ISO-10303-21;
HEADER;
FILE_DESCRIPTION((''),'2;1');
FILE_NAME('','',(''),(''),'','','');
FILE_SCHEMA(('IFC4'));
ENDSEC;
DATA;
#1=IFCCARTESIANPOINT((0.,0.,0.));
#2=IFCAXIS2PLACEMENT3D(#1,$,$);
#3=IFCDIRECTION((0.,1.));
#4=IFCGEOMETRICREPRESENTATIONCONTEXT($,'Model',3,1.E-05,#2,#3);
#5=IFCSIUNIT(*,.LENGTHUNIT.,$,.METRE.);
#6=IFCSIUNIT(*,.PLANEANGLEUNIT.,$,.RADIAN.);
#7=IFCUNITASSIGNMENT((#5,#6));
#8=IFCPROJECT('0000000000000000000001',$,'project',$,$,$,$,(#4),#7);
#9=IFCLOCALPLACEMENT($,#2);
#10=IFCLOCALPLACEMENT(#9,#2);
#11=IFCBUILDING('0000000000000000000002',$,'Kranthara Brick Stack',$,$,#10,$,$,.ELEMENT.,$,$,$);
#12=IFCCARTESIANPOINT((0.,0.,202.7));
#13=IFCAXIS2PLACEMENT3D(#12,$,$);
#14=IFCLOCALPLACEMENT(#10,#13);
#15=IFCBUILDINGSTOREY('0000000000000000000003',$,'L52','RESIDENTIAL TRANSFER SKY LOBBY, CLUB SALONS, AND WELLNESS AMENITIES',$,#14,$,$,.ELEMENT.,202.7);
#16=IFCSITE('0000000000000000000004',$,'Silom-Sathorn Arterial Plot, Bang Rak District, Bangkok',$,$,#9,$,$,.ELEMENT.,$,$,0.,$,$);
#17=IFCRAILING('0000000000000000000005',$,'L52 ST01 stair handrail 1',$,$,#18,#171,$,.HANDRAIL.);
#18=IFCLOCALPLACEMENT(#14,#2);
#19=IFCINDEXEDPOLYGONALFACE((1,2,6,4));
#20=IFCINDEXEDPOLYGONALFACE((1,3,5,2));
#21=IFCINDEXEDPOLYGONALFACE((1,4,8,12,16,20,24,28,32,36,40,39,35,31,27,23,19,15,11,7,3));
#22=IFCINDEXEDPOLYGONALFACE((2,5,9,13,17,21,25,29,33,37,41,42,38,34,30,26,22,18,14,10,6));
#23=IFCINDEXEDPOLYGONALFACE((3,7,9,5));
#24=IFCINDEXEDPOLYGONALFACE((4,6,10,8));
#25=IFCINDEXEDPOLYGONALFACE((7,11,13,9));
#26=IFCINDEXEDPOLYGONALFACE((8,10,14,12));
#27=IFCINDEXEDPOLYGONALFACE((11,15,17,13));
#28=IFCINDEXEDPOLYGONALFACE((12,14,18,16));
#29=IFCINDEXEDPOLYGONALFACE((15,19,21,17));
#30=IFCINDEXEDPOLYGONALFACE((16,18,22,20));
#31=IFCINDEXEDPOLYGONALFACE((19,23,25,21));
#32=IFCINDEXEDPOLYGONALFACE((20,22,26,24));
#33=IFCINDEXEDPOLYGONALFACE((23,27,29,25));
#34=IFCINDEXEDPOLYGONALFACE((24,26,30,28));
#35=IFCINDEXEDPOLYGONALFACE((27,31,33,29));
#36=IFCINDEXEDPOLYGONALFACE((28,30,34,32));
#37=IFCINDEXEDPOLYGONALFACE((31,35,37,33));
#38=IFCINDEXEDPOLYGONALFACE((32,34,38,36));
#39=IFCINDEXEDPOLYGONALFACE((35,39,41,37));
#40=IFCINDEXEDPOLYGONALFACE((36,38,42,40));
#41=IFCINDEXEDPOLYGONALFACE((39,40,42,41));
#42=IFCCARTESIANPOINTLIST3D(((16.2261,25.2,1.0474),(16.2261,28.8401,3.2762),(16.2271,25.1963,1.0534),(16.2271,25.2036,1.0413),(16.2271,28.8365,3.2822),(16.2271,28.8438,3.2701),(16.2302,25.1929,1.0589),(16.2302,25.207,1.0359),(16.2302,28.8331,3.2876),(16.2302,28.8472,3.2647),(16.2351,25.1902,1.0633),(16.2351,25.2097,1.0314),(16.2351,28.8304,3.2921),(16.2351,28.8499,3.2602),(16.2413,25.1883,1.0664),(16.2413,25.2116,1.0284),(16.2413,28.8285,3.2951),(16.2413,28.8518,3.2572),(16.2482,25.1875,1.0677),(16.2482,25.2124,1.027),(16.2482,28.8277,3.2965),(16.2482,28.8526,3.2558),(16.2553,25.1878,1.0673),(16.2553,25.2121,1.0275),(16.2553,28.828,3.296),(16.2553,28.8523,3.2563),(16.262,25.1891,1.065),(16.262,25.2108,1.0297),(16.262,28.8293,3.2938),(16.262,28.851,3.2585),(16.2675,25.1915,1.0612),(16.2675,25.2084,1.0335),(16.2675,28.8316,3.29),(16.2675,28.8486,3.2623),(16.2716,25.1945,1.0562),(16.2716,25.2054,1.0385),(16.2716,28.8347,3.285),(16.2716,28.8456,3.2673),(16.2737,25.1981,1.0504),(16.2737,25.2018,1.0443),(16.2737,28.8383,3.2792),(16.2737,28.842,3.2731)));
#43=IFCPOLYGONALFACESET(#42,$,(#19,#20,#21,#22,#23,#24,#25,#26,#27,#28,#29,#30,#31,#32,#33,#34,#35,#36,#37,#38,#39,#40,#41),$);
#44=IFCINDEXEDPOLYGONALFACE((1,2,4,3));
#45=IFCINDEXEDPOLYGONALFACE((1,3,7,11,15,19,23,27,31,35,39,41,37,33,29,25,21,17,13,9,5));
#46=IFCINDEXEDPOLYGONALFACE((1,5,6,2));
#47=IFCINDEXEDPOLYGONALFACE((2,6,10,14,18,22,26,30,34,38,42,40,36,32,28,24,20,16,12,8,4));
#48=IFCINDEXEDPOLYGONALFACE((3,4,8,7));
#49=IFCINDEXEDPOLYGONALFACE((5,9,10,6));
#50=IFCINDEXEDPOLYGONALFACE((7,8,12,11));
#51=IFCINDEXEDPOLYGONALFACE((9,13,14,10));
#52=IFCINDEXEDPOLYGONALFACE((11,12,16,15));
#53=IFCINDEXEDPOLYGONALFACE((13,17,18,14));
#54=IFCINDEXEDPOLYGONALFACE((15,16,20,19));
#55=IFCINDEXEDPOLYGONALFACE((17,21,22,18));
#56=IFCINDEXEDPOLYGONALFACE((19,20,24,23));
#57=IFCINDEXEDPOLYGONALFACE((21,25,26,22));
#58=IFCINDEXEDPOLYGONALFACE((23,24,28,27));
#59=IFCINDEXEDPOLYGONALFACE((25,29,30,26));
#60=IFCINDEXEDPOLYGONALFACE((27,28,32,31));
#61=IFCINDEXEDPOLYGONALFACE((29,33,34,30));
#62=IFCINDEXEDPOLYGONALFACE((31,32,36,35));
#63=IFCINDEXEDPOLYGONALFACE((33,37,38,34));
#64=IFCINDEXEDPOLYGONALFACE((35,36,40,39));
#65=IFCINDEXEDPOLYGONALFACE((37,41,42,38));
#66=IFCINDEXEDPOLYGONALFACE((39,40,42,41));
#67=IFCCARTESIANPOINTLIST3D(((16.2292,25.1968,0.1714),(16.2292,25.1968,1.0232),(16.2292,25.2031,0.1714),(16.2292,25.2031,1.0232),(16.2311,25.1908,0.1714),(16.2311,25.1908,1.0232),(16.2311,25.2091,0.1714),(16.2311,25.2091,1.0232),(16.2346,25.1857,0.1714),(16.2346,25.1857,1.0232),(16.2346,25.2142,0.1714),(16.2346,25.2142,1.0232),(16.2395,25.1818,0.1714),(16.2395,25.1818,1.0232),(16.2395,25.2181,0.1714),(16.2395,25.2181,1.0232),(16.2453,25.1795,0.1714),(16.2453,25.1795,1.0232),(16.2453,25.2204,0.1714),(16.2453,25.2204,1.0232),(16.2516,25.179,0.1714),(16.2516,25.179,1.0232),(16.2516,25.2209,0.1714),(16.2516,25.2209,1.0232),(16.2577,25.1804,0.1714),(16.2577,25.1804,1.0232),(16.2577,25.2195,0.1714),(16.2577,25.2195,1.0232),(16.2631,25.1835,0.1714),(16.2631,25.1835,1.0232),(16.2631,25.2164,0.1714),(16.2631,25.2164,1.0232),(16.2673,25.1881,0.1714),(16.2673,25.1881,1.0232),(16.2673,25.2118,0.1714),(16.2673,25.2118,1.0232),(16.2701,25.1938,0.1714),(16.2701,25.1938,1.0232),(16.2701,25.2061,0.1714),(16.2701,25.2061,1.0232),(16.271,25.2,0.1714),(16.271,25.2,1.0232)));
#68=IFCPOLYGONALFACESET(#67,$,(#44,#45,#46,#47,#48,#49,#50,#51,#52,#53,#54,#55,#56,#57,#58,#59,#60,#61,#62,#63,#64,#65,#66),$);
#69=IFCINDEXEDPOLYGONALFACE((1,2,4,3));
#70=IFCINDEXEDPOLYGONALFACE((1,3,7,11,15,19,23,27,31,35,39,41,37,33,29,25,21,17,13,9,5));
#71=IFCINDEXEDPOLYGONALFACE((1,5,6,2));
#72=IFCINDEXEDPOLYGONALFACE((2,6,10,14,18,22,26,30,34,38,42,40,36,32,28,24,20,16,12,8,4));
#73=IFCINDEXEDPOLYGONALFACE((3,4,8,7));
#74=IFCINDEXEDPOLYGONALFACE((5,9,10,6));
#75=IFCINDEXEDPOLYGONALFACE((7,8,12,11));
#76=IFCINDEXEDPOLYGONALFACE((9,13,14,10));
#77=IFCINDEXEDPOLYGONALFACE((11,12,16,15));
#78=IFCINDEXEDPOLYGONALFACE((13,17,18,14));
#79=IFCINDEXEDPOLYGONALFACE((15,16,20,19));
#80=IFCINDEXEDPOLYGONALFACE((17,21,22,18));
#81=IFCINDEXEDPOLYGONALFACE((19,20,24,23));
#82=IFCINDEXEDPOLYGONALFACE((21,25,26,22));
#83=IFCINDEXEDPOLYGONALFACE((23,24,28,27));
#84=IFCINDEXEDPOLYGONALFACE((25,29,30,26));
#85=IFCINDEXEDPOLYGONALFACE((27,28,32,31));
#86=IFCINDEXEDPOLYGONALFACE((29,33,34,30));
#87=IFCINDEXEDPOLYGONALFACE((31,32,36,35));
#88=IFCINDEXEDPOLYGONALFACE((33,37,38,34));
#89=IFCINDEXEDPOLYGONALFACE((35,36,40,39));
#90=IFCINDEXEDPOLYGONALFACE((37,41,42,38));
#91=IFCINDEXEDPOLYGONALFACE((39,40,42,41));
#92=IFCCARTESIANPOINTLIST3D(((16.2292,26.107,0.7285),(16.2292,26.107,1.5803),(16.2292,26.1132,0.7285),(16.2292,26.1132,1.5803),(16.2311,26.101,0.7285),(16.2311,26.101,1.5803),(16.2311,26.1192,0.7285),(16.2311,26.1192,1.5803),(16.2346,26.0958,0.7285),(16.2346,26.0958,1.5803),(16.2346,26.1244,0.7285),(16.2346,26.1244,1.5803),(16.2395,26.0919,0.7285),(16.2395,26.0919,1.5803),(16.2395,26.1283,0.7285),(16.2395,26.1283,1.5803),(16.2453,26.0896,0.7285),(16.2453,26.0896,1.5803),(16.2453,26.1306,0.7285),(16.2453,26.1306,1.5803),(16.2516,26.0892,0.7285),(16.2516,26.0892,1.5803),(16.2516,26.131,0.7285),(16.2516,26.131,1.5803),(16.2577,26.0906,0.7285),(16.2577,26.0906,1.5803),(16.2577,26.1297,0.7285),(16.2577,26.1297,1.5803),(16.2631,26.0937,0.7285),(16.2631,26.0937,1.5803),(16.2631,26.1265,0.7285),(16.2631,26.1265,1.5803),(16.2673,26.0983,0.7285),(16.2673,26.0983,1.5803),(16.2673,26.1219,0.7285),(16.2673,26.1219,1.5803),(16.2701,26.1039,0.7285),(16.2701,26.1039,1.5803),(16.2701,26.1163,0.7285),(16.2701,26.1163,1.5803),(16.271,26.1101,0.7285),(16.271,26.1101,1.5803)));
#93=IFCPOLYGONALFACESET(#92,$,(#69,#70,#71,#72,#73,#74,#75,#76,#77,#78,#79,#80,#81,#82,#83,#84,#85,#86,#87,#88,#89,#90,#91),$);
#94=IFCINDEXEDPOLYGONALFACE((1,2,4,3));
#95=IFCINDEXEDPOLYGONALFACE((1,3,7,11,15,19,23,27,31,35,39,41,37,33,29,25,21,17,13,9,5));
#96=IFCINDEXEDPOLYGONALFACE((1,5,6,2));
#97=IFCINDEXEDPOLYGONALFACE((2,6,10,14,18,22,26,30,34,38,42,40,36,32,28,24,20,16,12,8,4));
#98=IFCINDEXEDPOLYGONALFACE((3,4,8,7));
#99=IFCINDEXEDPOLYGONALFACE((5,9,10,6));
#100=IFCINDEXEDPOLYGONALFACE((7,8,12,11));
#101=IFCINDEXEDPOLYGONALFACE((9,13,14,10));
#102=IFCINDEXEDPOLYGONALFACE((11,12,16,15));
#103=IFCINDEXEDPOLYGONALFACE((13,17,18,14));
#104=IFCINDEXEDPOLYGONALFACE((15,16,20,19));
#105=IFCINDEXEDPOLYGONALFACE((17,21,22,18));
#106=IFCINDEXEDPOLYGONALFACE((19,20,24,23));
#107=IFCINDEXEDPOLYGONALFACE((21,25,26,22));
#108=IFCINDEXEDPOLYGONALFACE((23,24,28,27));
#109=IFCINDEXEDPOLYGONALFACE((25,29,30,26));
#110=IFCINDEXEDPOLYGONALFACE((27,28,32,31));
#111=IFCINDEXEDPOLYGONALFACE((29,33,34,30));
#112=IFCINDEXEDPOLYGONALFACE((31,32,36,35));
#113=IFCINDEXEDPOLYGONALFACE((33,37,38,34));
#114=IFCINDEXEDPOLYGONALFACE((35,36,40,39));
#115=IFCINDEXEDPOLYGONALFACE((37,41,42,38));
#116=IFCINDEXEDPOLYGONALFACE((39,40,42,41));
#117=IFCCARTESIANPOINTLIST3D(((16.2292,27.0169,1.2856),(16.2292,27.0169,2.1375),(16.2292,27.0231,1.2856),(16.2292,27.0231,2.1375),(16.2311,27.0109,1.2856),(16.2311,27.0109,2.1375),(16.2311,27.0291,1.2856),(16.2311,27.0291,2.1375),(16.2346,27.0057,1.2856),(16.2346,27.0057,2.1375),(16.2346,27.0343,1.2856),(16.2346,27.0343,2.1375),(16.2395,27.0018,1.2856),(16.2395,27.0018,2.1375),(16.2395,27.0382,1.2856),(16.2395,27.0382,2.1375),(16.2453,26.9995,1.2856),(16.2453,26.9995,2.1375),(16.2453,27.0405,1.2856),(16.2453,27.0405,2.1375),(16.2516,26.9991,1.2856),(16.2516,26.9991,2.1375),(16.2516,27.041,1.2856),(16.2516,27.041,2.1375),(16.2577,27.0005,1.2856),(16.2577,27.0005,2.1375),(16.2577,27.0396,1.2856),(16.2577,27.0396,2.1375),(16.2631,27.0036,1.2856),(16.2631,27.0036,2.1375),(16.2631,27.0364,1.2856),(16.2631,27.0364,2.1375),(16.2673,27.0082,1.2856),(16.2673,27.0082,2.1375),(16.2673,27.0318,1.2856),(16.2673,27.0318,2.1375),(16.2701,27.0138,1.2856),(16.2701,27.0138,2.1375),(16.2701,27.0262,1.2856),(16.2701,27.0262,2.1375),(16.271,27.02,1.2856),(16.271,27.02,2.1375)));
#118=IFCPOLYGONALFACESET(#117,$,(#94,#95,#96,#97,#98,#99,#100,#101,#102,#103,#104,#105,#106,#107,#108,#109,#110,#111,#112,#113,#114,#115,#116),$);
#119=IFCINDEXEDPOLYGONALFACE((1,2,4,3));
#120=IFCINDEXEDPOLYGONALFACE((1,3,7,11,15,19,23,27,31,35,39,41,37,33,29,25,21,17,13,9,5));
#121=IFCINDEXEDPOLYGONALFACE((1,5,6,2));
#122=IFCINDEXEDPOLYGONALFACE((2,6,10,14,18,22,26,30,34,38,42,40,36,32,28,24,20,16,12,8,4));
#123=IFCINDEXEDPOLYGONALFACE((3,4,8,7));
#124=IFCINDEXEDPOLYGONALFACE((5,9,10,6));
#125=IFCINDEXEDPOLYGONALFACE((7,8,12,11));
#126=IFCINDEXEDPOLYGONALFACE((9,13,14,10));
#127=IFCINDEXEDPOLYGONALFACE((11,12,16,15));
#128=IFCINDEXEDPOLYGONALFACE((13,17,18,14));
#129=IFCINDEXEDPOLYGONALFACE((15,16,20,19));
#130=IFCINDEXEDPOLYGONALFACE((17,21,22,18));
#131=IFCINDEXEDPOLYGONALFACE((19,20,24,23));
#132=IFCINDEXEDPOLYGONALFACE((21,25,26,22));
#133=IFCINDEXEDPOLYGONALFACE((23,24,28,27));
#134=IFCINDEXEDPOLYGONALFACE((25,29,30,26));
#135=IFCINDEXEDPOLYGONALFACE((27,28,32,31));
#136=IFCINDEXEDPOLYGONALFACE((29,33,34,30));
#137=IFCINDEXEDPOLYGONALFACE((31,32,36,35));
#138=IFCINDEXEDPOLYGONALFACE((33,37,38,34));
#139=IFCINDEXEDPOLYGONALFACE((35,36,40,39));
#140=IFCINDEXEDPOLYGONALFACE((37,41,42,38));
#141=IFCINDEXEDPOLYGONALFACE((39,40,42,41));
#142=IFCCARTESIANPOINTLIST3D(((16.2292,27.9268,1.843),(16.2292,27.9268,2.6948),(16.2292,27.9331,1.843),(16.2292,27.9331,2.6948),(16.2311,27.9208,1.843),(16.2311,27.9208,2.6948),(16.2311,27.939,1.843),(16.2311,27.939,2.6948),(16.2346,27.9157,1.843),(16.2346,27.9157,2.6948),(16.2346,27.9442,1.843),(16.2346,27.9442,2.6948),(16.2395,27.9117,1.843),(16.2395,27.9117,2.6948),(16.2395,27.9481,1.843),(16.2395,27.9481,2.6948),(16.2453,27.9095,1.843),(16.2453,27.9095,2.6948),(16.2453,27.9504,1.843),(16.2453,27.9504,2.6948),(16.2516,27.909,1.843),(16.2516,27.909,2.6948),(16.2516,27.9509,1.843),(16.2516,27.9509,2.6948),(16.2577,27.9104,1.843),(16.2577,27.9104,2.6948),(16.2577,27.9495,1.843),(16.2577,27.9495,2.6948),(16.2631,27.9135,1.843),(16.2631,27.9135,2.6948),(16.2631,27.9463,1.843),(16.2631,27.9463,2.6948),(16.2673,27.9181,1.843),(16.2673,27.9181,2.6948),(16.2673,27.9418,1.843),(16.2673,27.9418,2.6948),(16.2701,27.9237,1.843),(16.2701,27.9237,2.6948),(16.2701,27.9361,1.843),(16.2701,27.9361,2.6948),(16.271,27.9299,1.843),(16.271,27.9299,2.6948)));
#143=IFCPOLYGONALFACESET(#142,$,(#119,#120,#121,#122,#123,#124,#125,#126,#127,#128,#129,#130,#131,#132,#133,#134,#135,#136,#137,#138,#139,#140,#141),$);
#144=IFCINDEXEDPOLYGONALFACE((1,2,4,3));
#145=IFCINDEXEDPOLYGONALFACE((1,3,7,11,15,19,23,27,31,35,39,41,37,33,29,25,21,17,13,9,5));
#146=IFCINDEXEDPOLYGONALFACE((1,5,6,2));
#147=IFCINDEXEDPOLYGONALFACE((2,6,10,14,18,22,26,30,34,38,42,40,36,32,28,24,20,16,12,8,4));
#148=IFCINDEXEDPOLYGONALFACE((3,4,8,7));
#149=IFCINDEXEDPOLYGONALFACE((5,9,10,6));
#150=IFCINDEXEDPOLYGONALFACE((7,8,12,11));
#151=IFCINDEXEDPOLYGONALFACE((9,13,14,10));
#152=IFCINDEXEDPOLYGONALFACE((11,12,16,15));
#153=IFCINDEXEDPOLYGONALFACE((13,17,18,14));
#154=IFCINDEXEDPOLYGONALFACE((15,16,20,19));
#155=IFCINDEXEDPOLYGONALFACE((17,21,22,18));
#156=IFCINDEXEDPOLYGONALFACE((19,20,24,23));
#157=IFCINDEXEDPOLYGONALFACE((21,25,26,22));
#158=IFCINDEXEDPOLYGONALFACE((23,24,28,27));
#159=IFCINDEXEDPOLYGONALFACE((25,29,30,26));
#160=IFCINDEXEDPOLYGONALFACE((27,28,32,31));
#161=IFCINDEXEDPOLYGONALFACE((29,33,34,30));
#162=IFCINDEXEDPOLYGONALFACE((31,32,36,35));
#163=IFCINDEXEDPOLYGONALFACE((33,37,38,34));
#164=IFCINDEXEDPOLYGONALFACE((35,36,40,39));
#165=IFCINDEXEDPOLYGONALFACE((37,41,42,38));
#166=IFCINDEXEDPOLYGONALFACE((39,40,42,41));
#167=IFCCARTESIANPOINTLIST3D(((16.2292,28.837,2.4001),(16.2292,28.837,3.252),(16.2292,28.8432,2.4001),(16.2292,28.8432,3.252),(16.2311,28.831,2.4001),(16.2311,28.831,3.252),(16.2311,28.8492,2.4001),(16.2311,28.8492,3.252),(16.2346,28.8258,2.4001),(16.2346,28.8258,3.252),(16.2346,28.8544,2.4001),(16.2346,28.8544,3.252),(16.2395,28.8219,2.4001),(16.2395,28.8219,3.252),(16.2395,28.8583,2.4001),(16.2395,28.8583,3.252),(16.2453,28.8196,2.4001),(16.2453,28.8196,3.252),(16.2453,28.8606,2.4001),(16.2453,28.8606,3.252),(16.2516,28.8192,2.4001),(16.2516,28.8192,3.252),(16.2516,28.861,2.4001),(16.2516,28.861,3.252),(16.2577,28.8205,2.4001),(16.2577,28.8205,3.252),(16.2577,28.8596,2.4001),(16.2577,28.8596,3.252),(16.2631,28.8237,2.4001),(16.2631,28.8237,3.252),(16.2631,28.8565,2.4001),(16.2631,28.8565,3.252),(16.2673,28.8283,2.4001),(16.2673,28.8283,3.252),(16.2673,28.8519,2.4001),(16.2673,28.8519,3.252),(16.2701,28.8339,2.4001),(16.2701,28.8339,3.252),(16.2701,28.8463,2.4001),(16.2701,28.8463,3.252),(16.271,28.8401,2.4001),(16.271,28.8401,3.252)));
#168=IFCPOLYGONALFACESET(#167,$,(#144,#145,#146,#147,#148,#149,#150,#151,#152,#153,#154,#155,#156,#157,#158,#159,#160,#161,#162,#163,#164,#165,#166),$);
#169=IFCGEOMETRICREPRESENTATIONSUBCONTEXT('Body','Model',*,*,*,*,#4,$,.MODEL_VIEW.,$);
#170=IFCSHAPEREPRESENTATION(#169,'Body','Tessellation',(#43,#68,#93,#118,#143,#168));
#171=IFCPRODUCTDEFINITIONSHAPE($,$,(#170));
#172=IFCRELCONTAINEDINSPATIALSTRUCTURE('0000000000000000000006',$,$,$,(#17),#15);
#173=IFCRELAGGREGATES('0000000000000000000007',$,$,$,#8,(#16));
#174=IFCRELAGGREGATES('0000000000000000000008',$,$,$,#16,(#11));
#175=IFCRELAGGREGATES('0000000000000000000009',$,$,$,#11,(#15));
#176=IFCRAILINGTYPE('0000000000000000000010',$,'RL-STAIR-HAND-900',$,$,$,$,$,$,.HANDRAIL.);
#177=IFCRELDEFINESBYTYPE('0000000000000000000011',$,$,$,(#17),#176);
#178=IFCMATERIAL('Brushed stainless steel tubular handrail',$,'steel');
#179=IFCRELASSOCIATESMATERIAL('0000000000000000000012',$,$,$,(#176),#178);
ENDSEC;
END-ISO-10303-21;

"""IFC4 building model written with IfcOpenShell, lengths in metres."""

from ifc_helpers import new_model, si_unit, direction, frame, origin, origin_2d, place, context, subcontext, project, spatial, circle, extrude, material, type_object, element, save


model = new_model("IFC4")

# Units and contexts
model_context = context("Model", 3, precision=1e-05, world=origin(), true_north=direction((0.0, 1.0)))
body_context = subcontext(model_context, "Body", "Model", "MODEL_VIEW")
ifc_project = project(units=[si_unit("LENGTHUNIT", "METRE"), si_unit("PLANEANGLEUNIT", "RADIAN")], contexts=[model_context])

# Site, building, storey
site_placement = place(None, origin())
site = spatial("IfcSite", under=ifc_project, at=site_placement, Name="Silom-Sathorn Arterial Plot, Bang Rak District, Bangkok", CompositionType="ELEMENT", RefElevation=0.0)
building_placement = place(site_placement, origin())
building = spatial("IfcBuilding", under=site, at=building_placement, Name="Kranthara Brick Stack", CompositionType="ELEMENT")
storey_placement = place(building_placement, frame((0.0, 0.0, 202.7)))
storey = spatial("IfcBuildingStorey", under=building, at=storey_placement, Name="L52", Description="RESIDENTIAL TRANSFER SKY LOBBY, CLUB SALONS, AND WELLNESS AMENITIES", CompositionType="ELEMENT", Elevation=202.7)

# Railing
ifc_material_1 = material(Name="Brushed stainless steel tubular handrail", Category="steel")
railing_type_1 = type_object("IfcRailingType", Name="RL-STAIR-HAND-900", PredefinedType="HANDRAIL", material=ifc_material_1)
railing_1_placement = place(storey_placement, frame((16.25, 25.2, 0.1714)))
element("IfcRailing", 1, at=railing_1_placement, inside=storey, type_object=railing_type_1, Name="L52 ST01 stair handrail 1", PredefinedType="HANDRAIL", context=body_context, shape_type="SweptSolid", body=[
    extrude(circle(Radius=0.0239, at=origin_2d()), frame((0.0, 0.0, 0.876), z_axis=(0.0, 0.85284, 0.522172), x_axis=(-1.0, 0.0, 0.0)), (0.0, 0.0, 1.0), 4.2683),
    extrude(circle(Radius=0.021, at=origin_2d()), origin(), (0.0, 0.0, 1.0), 0.8518),
    extrude(circle(Radius=0.021, at=origin_2d()), frame((0.0, 0.9102, 0.5571)), (0.0, 0.0, 1.0), 0.8518),
    extrude(circle(Radius=0.021, at=origin_2d()), frame((0.0, 1.8201, 1.1143)), (0.0, 0.0, 1.0), 0.8518),
    extrude(circle(Radius=0.021, at=origin_2d()), frame((0.0, 2.73, 1.6716)), (0.0, 0.0, 1.0), 0.8518),
    extrude(circle(Radius=0.021, at=origin_2d()), frame((0.0, 3.6401, 2.2288)), (0.0, 0.0, 1.0), 0.8518),
])

save(model, "model.ifc")
